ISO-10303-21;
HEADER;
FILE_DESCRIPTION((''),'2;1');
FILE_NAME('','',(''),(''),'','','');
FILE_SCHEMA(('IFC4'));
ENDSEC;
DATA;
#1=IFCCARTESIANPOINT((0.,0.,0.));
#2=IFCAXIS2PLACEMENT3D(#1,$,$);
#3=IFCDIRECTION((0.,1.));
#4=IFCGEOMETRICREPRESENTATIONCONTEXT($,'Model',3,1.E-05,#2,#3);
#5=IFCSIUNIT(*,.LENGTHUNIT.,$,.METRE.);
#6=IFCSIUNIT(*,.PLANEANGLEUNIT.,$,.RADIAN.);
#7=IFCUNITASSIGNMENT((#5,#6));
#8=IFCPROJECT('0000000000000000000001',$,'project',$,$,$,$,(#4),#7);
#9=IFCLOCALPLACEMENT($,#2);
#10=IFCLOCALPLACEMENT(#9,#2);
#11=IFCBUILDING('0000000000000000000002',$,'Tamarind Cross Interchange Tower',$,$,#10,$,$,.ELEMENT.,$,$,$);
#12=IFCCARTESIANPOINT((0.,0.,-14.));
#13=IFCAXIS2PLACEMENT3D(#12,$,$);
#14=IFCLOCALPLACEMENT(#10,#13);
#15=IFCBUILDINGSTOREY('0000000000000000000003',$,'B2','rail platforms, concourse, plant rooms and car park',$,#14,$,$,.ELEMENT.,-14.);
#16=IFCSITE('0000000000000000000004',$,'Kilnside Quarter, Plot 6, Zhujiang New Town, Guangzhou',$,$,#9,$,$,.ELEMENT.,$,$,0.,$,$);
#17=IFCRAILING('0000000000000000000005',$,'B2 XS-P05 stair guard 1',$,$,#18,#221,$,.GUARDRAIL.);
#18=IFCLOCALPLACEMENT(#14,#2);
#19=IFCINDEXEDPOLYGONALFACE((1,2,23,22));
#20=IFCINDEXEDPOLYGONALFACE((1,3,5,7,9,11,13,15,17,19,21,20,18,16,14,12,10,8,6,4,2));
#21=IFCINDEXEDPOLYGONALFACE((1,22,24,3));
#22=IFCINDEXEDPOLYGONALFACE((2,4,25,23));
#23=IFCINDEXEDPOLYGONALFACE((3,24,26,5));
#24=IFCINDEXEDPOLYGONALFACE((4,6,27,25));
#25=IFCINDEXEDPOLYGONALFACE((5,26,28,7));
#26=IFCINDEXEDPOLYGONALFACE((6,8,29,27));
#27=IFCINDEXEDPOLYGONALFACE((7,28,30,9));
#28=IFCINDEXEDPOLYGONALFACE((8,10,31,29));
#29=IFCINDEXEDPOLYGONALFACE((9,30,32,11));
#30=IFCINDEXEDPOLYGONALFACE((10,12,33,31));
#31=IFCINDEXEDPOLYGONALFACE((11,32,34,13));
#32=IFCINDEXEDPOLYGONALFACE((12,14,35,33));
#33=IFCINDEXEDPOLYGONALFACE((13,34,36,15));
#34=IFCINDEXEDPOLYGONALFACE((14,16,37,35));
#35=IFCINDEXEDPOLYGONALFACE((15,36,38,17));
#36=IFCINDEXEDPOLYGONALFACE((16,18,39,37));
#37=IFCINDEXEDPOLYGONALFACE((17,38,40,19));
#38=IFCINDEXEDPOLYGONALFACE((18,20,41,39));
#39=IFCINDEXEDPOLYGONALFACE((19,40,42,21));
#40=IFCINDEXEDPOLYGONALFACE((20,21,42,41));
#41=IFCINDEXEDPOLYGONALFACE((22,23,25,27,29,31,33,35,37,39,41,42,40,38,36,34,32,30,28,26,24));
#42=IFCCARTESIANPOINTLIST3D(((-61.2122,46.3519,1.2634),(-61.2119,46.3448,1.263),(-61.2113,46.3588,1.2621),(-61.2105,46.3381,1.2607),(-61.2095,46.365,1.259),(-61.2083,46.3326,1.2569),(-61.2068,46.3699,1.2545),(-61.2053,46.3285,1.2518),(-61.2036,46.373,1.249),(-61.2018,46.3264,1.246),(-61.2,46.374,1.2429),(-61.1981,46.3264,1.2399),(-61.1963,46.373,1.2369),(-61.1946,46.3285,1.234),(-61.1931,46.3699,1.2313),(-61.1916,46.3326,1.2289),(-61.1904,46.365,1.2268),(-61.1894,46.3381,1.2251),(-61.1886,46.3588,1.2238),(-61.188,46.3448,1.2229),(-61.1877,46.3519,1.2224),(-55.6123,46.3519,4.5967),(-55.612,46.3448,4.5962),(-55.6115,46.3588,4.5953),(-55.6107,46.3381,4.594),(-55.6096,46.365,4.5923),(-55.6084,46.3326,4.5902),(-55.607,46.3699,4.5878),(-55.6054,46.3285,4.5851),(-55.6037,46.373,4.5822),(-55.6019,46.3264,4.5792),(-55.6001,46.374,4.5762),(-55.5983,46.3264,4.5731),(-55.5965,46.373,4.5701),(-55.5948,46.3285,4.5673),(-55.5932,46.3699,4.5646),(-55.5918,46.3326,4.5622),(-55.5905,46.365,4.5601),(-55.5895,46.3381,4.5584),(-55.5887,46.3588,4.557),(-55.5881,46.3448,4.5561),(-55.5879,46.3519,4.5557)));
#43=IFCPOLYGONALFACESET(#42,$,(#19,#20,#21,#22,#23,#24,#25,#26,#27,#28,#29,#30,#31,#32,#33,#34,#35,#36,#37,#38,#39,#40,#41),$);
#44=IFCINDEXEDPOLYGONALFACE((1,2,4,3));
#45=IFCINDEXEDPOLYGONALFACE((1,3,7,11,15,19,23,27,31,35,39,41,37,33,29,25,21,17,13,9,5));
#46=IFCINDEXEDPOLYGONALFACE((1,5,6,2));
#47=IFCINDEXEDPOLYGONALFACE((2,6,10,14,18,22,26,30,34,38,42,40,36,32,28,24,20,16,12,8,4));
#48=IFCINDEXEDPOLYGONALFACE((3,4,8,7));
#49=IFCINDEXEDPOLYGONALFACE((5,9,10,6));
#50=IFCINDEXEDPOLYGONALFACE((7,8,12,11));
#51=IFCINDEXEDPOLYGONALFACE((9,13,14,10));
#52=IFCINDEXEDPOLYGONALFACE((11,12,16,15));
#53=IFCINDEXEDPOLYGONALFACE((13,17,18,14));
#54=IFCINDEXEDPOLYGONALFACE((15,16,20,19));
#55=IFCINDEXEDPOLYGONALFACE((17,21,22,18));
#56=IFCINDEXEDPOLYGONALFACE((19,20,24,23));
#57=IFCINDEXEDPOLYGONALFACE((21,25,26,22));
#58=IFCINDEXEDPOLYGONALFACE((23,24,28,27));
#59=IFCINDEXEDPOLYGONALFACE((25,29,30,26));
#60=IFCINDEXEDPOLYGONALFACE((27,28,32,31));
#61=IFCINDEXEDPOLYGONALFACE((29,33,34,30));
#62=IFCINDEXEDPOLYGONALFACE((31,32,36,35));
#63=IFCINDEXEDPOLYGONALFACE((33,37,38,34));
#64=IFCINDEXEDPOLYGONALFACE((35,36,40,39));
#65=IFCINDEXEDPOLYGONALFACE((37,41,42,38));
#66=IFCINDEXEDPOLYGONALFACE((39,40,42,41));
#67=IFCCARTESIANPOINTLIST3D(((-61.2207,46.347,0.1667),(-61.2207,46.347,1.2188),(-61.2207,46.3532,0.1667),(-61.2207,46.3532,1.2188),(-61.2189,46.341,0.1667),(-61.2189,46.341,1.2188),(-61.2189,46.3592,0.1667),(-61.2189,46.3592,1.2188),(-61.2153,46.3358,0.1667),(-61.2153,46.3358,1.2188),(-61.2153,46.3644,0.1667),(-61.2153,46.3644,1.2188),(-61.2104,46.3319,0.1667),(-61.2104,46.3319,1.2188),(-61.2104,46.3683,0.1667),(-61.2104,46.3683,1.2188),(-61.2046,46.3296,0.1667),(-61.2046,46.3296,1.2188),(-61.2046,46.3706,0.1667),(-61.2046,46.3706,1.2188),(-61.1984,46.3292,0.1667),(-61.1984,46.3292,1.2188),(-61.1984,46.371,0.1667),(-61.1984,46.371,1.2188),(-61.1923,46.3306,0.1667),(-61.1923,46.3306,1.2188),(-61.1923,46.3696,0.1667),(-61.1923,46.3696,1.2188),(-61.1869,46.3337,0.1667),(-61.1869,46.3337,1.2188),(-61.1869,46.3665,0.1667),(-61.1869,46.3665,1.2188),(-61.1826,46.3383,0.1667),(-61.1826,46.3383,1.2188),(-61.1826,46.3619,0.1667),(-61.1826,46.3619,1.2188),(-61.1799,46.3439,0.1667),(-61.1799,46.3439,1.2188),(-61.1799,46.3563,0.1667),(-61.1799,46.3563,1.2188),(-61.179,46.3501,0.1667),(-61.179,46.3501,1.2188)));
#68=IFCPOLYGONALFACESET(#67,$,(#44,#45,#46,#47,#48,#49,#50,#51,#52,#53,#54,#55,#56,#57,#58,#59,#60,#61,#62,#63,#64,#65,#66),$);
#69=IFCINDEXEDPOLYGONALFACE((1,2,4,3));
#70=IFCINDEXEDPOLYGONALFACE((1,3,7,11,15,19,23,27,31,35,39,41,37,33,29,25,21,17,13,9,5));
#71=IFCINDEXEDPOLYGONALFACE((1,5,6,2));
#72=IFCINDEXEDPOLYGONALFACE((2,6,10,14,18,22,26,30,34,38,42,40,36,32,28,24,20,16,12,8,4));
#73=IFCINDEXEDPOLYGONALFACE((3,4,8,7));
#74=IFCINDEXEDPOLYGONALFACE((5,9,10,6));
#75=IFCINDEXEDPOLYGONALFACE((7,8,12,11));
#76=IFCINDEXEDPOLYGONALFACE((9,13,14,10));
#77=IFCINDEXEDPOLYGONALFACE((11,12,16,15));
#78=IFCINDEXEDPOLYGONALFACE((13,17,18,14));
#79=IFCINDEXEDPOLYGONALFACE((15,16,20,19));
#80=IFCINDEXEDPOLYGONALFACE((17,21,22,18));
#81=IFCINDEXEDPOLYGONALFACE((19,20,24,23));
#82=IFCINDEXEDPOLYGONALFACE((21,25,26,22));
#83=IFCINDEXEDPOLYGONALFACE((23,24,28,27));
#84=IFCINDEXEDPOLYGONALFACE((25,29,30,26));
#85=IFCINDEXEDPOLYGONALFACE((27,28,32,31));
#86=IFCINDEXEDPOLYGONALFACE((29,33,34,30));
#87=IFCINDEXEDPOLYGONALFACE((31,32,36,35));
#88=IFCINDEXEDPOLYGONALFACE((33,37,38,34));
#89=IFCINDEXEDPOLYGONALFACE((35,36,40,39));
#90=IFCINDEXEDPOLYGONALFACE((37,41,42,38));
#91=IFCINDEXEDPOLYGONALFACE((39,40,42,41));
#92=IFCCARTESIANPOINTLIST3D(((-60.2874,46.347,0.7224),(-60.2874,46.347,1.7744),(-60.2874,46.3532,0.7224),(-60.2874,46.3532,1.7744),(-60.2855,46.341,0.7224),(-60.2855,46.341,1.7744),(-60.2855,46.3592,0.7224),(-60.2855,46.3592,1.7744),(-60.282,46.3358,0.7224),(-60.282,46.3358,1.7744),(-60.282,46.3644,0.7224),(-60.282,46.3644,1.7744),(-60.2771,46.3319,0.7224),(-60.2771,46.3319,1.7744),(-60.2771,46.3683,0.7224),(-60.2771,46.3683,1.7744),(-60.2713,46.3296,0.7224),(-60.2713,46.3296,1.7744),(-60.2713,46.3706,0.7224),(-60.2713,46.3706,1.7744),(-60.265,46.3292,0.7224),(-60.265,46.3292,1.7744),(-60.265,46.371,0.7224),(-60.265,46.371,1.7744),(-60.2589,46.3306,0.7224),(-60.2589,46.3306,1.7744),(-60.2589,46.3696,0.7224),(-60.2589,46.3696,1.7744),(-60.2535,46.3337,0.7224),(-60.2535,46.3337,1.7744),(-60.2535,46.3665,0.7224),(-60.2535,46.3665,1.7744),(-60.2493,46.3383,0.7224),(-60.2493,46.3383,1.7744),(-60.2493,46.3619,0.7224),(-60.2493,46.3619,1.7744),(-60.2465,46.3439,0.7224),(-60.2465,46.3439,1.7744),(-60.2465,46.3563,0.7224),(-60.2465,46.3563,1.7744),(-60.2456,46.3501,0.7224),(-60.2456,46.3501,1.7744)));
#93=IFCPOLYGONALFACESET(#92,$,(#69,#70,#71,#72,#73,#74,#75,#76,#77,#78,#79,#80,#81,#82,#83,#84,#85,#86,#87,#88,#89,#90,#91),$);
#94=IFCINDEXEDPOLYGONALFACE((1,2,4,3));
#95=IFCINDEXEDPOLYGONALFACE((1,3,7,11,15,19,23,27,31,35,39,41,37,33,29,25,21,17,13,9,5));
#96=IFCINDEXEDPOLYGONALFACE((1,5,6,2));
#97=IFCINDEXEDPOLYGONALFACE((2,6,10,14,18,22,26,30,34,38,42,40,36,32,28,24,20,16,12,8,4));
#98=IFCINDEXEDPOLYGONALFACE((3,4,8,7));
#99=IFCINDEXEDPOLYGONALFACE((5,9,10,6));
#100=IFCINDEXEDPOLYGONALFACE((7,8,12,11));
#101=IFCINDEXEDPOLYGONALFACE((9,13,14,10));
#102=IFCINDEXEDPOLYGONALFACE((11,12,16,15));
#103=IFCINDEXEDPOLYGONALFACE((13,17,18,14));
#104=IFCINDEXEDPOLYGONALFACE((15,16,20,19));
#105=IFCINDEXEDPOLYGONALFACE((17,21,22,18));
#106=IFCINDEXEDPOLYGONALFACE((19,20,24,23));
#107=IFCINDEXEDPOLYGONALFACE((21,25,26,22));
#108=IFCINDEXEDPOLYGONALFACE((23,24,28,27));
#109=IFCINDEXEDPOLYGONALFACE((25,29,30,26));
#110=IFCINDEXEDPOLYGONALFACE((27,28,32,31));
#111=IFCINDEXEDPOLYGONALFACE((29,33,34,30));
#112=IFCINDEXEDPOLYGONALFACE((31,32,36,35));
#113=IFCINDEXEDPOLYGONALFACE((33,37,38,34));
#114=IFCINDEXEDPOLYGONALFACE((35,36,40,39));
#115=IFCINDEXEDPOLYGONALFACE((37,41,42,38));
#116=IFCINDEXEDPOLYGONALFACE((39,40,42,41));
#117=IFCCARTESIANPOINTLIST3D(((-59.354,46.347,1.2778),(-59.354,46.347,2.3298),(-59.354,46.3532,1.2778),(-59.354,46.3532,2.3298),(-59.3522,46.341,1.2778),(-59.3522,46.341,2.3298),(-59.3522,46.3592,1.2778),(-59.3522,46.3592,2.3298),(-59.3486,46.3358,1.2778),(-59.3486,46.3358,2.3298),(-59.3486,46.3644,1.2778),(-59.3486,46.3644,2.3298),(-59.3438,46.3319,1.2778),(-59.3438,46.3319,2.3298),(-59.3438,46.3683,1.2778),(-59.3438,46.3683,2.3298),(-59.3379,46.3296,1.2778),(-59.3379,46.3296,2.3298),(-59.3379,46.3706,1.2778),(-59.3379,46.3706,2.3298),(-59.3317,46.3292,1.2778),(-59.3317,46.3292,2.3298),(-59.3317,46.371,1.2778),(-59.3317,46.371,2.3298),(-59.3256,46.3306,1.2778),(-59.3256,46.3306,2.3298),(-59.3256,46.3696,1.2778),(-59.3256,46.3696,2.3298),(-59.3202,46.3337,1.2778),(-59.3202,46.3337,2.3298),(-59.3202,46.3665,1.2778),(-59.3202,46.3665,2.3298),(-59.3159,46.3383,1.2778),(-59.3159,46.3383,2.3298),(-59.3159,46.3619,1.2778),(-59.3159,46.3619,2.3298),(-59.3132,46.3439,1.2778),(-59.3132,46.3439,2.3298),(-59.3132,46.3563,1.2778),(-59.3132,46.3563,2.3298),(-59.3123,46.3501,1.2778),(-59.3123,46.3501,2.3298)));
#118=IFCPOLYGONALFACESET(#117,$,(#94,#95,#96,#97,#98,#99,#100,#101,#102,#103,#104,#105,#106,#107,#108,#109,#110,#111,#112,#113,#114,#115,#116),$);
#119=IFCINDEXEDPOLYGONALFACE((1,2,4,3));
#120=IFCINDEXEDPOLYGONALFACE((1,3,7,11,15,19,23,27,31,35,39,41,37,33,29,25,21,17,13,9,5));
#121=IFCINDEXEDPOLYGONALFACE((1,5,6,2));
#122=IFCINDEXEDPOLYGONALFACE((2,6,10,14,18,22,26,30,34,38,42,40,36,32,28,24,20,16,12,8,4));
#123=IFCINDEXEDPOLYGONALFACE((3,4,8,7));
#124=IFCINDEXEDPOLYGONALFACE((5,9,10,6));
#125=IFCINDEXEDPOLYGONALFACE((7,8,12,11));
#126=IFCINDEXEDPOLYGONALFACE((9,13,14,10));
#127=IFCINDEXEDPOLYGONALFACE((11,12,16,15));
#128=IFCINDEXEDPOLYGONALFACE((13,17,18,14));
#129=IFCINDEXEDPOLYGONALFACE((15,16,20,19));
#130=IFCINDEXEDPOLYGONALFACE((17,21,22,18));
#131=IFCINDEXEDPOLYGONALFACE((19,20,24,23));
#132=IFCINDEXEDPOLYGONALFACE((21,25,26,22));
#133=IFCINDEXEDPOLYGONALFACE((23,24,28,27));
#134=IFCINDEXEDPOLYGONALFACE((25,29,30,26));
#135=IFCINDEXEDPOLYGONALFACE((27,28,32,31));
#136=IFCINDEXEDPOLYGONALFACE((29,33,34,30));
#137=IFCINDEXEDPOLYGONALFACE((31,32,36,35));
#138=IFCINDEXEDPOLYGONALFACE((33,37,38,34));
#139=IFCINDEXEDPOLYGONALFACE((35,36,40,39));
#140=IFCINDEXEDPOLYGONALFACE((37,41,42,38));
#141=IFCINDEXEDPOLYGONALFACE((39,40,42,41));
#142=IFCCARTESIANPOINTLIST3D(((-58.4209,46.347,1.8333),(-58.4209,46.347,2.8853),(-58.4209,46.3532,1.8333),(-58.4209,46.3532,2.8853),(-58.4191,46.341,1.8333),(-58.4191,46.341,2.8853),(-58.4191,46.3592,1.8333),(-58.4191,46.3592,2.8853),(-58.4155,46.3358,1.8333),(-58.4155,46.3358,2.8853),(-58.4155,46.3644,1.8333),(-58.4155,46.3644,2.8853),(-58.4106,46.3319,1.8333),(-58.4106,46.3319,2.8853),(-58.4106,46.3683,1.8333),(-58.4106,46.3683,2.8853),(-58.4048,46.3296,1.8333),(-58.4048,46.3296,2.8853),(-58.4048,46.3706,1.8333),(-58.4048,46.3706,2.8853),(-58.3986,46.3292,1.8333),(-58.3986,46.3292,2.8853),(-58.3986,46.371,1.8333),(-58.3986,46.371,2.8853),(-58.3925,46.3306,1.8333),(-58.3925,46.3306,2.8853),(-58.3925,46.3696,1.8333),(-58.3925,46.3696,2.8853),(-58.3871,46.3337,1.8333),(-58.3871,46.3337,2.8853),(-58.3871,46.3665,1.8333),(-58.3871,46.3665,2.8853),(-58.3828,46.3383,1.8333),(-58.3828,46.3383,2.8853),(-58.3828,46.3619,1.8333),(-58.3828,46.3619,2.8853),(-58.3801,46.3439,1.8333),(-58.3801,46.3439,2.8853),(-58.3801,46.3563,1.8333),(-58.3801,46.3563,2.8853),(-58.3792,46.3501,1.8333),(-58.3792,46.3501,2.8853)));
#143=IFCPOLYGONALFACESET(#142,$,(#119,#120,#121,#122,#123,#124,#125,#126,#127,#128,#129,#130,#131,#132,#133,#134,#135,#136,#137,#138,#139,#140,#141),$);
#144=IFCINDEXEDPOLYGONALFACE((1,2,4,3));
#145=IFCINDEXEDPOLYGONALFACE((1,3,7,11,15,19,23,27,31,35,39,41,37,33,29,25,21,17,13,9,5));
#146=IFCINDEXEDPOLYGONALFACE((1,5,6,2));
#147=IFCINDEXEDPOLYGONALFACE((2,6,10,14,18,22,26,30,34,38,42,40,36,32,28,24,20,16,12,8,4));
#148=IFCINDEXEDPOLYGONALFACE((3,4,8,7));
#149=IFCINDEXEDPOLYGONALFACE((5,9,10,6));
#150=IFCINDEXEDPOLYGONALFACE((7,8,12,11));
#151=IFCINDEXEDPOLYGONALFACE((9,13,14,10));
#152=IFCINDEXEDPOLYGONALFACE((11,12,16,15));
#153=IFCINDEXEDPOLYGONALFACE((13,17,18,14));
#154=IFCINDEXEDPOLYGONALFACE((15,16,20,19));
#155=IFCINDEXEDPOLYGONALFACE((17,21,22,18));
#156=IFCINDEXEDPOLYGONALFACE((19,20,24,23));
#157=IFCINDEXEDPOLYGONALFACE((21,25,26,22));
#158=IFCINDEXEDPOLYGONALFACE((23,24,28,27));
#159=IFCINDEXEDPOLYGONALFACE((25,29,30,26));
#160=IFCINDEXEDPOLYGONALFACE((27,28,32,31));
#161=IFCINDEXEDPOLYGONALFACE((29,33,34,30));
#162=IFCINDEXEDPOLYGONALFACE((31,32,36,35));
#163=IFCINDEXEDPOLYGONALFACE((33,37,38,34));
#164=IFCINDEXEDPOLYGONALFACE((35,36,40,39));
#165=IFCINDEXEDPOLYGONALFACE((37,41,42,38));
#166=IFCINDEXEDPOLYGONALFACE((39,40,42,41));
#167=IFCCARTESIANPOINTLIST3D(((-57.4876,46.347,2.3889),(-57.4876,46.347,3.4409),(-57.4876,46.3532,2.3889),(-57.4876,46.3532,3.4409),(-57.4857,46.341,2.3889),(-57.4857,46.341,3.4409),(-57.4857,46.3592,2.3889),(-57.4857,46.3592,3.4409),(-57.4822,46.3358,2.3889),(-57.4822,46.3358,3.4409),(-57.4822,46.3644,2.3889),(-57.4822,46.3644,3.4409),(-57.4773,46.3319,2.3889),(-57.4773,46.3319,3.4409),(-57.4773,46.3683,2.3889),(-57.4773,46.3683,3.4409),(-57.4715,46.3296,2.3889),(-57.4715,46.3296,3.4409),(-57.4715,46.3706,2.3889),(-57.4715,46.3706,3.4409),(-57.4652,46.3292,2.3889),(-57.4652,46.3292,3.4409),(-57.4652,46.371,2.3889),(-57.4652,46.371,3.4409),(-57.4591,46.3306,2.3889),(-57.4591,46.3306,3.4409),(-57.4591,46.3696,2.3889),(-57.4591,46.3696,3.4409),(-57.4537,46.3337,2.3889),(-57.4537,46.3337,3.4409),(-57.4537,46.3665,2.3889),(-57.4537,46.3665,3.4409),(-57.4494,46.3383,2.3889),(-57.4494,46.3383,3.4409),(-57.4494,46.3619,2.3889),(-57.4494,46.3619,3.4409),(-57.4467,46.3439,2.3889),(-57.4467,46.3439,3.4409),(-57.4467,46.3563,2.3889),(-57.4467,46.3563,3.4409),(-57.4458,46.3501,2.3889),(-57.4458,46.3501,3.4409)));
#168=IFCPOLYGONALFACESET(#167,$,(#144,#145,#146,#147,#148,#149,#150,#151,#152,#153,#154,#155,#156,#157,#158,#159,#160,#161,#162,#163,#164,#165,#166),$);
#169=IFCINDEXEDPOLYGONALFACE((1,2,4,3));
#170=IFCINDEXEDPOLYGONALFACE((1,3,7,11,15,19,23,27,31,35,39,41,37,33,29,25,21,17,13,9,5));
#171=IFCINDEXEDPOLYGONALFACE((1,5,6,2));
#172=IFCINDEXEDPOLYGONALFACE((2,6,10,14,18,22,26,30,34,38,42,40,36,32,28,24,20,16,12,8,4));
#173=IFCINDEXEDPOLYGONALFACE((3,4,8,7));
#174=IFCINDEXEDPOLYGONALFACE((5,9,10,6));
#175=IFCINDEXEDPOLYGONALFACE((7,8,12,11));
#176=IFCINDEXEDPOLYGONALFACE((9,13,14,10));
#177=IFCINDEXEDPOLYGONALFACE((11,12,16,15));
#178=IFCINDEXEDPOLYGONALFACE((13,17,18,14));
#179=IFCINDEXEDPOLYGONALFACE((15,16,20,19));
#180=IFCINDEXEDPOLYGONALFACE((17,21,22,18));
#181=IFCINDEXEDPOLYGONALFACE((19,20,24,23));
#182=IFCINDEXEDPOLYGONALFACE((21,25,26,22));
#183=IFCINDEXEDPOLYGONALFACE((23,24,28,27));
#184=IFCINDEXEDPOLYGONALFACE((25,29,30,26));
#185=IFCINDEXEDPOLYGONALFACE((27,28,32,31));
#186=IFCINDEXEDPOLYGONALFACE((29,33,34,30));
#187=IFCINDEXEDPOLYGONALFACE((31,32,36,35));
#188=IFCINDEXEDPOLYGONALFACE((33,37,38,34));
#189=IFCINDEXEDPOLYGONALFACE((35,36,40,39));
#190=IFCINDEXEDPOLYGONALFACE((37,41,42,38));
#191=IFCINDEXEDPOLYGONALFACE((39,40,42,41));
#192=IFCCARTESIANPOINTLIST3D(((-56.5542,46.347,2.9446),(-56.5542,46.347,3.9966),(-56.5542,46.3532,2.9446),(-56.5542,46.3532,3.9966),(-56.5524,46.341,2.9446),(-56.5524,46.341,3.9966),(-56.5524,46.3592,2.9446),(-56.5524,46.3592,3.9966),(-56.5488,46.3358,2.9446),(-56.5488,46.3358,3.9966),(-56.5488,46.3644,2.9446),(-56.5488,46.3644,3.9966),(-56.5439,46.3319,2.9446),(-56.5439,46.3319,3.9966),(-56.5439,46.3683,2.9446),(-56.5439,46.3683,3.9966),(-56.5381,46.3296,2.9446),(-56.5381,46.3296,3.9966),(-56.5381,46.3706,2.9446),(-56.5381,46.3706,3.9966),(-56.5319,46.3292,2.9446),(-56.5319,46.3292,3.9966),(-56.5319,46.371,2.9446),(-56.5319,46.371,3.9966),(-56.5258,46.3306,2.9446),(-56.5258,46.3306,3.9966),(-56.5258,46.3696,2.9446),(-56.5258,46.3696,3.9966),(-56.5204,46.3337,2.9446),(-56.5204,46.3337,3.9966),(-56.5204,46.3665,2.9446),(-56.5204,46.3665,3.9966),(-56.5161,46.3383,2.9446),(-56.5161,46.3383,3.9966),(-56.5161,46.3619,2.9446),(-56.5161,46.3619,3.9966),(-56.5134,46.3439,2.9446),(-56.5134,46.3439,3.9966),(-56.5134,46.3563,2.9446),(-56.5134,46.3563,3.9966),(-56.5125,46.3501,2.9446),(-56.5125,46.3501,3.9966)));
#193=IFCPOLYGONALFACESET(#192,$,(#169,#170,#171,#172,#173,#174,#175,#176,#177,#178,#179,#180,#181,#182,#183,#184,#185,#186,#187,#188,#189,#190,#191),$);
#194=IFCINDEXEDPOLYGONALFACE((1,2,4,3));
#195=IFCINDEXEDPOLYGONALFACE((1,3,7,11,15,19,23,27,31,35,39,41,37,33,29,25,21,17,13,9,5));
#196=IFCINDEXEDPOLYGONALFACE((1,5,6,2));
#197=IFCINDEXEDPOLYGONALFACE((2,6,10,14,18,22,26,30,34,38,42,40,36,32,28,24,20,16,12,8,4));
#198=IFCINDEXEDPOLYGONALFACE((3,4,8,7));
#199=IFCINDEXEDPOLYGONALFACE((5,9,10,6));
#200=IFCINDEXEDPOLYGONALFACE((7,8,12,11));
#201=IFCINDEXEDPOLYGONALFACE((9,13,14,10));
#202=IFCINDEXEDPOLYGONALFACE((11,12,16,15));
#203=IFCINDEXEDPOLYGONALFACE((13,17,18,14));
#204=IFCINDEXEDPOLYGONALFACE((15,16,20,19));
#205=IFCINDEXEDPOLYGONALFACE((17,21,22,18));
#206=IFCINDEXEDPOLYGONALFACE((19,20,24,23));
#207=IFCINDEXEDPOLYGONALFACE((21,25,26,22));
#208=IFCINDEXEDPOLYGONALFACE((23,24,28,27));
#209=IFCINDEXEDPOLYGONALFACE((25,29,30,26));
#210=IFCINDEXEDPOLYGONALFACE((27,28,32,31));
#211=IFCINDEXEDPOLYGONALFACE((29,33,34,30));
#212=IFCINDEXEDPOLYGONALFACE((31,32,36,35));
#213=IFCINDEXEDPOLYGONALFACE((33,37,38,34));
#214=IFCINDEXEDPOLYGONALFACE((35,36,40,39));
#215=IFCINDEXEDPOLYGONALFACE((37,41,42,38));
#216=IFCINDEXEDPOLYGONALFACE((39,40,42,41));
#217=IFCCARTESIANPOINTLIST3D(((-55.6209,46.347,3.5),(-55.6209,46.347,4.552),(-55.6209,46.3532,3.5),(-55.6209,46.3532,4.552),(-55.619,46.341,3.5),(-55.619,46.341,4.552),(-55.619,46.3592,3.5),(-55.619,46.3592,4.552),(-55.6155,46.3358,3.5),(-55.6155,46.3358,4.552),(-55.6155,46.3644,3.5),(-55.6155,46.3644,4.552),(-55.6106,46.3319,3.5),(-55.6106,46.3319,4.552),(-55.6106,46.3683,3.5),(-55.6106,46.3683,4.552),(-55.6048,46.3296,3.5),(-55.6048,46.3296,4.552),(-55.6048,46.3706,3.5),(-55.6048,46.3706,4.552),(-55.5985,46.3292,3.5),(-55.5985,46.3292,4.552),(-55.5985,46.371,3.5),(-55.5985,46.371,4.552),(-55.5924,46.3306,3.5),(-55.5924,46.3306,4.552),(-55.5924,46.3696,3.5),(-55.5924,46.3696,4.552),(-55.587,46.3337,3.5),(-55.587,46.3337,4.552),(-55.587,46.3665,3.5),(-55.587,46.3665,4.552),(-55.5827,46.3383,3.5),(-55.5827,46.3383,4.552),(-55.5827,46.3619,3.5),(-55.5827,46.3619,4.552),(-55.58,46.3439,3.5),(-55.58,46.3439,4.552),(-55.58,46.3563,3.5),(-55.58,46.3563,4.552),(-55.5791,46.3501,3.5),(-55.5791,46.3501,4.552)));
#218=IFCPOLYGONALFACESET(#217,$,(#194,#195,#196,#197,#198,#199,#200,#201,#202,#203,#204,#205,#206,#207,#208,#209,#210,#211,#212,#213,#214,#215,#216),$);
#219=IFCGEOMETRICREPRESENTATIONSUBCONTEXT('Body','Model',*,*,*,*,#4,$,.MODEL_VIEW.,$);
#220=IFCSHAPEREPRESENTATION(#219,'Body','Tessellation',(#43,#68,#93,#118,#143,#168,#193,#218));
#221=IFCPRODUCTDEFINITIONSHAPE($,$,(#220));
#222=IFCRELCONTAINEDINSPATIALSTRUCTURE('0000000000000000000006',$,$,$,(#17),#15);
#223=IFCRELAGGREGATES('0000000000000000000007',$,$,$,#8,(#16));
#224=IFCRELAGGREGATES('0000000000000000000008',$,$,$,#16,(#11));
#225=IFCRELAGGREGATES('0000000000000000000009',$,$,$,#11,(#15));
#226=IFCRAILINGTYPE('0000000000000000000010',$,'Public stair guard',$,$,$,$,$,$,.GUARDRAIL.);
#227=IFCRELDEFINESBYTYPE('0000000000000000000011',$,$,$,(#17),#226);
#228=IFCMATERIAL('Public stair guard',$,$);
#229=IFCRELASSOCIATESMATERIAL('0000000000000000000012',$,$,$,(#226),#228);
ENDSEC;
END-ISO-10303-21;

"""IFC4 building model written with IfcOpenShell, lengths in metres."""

from ifc_helpers import new_model, si_unit, direction, frame, origin, origin_2d, place, context, subcontext, project, spatial, circle, extrude, material, type_object, element, save


model = new_model("IFC4")

# Units and contexts
model_context = context("Model", 3, precision=1e-05, world=origin(), true_north=direction((0.0, 1.0)))
body_context = subcontext(model_context, "Body", "Model", "MODEL_VIEW")
ifc_project = project(units=[si_unit("LENGTHUNIT", "METRE"), si_unit("PLANEANGLEUNIT", "RADIAN")], contexts=[model_context])

# Site, building, storey
site_placement = place(None, origin())
site = spatial("IfcSite", under=ifc_project, at=site_placement, Name="Kilnside Quarter, Plot 6, Zhujiang New Town, Guangzhou", CompositionType="ELEMENT", RefElevation=0.0)
building_placement = place(site_placement, origin())
building = spatial("IfcBuilding", under=site, at=building_placement, Name="Tamarind Cross Interchange Tower", CompositionType="ELEMENT")
storey_placement = place(building_placement, frame((0.0, 0.0, -14.0)))
storey = spatial("IfcBuildingStorey", under=building, at=storey_placement, Name="B2", Description="rail platforms, concourse, plant rooms and car park", CompositionType="ELEMENT", Elevation=-14.0)

# Railing
ifc_material_1 = material(Name="Public stair guard")
railing_type_1 = type_object("IfcRailingType", Name="Public stair guard", PredefinedType="GUARDRAIL", material=ifc_material_1)
railing_1_placement = place(storey_placement, frame((-61.2, 46.3501, 0.1667)))
element("IfcRailing", 1, at=railing_1_placement, inside=storey, type_object=railing_type_1, Name="B2 XS-P05 stair guard 1", PredefinedType="GUARDRAIL", context=body_context, shape_type="SweptSolid", body=[
    extrude(circle(Radius=0.0239, at=origin_2d()), frame((0.0, 0.0, 1.0762), z_axis=(0.859292, 0.0, 0.511485), x_axis=(0.0, 1.0, 0.0)), (0.0, 0.0, 1.0), 6.5168),
    extrude(circle(Radius=0.021, at=origin_2d()), origin(), (0.0, 0.0, 1.0), 1.052),
    extrude(circle(Radius=0.021, at=origin_2d()), frame((0.9333, 0.0, 0.5557)), (0.0, 0.0, 1.0), 1.052),
    extrude(circle(Radius=0.021, at=origin_2d()), frame((1.8667, 0.0, 1.1111)), (0.0, 0.0, 1.0), 1.052),
    extrude(circle(Radius=0.021, at=origin_2d()), frame((2.7998, 0.0, 1.6665)), (0.0, 0.0, 1.0), 1.052),
    extrude(circle(Radius=0.021, at=origin_2d()), frame((3.7332, 0.0, 2.2222)), (0.0, 0.0, 1.0), 1.052),
    extrude(circle(Radius=0.021, at=origin_2d()), frame((4.6665, 0.0, 2.7778)), (0.0, 0.0, 1.0), 1.052),
    extrude(circle(Radius=0.021, at=origin_2d()), frame((5.5999, 0.0, 3.3333)), (0.0, 0.0, 1.0), 1.052),
])

save(model, "model.ifc")
